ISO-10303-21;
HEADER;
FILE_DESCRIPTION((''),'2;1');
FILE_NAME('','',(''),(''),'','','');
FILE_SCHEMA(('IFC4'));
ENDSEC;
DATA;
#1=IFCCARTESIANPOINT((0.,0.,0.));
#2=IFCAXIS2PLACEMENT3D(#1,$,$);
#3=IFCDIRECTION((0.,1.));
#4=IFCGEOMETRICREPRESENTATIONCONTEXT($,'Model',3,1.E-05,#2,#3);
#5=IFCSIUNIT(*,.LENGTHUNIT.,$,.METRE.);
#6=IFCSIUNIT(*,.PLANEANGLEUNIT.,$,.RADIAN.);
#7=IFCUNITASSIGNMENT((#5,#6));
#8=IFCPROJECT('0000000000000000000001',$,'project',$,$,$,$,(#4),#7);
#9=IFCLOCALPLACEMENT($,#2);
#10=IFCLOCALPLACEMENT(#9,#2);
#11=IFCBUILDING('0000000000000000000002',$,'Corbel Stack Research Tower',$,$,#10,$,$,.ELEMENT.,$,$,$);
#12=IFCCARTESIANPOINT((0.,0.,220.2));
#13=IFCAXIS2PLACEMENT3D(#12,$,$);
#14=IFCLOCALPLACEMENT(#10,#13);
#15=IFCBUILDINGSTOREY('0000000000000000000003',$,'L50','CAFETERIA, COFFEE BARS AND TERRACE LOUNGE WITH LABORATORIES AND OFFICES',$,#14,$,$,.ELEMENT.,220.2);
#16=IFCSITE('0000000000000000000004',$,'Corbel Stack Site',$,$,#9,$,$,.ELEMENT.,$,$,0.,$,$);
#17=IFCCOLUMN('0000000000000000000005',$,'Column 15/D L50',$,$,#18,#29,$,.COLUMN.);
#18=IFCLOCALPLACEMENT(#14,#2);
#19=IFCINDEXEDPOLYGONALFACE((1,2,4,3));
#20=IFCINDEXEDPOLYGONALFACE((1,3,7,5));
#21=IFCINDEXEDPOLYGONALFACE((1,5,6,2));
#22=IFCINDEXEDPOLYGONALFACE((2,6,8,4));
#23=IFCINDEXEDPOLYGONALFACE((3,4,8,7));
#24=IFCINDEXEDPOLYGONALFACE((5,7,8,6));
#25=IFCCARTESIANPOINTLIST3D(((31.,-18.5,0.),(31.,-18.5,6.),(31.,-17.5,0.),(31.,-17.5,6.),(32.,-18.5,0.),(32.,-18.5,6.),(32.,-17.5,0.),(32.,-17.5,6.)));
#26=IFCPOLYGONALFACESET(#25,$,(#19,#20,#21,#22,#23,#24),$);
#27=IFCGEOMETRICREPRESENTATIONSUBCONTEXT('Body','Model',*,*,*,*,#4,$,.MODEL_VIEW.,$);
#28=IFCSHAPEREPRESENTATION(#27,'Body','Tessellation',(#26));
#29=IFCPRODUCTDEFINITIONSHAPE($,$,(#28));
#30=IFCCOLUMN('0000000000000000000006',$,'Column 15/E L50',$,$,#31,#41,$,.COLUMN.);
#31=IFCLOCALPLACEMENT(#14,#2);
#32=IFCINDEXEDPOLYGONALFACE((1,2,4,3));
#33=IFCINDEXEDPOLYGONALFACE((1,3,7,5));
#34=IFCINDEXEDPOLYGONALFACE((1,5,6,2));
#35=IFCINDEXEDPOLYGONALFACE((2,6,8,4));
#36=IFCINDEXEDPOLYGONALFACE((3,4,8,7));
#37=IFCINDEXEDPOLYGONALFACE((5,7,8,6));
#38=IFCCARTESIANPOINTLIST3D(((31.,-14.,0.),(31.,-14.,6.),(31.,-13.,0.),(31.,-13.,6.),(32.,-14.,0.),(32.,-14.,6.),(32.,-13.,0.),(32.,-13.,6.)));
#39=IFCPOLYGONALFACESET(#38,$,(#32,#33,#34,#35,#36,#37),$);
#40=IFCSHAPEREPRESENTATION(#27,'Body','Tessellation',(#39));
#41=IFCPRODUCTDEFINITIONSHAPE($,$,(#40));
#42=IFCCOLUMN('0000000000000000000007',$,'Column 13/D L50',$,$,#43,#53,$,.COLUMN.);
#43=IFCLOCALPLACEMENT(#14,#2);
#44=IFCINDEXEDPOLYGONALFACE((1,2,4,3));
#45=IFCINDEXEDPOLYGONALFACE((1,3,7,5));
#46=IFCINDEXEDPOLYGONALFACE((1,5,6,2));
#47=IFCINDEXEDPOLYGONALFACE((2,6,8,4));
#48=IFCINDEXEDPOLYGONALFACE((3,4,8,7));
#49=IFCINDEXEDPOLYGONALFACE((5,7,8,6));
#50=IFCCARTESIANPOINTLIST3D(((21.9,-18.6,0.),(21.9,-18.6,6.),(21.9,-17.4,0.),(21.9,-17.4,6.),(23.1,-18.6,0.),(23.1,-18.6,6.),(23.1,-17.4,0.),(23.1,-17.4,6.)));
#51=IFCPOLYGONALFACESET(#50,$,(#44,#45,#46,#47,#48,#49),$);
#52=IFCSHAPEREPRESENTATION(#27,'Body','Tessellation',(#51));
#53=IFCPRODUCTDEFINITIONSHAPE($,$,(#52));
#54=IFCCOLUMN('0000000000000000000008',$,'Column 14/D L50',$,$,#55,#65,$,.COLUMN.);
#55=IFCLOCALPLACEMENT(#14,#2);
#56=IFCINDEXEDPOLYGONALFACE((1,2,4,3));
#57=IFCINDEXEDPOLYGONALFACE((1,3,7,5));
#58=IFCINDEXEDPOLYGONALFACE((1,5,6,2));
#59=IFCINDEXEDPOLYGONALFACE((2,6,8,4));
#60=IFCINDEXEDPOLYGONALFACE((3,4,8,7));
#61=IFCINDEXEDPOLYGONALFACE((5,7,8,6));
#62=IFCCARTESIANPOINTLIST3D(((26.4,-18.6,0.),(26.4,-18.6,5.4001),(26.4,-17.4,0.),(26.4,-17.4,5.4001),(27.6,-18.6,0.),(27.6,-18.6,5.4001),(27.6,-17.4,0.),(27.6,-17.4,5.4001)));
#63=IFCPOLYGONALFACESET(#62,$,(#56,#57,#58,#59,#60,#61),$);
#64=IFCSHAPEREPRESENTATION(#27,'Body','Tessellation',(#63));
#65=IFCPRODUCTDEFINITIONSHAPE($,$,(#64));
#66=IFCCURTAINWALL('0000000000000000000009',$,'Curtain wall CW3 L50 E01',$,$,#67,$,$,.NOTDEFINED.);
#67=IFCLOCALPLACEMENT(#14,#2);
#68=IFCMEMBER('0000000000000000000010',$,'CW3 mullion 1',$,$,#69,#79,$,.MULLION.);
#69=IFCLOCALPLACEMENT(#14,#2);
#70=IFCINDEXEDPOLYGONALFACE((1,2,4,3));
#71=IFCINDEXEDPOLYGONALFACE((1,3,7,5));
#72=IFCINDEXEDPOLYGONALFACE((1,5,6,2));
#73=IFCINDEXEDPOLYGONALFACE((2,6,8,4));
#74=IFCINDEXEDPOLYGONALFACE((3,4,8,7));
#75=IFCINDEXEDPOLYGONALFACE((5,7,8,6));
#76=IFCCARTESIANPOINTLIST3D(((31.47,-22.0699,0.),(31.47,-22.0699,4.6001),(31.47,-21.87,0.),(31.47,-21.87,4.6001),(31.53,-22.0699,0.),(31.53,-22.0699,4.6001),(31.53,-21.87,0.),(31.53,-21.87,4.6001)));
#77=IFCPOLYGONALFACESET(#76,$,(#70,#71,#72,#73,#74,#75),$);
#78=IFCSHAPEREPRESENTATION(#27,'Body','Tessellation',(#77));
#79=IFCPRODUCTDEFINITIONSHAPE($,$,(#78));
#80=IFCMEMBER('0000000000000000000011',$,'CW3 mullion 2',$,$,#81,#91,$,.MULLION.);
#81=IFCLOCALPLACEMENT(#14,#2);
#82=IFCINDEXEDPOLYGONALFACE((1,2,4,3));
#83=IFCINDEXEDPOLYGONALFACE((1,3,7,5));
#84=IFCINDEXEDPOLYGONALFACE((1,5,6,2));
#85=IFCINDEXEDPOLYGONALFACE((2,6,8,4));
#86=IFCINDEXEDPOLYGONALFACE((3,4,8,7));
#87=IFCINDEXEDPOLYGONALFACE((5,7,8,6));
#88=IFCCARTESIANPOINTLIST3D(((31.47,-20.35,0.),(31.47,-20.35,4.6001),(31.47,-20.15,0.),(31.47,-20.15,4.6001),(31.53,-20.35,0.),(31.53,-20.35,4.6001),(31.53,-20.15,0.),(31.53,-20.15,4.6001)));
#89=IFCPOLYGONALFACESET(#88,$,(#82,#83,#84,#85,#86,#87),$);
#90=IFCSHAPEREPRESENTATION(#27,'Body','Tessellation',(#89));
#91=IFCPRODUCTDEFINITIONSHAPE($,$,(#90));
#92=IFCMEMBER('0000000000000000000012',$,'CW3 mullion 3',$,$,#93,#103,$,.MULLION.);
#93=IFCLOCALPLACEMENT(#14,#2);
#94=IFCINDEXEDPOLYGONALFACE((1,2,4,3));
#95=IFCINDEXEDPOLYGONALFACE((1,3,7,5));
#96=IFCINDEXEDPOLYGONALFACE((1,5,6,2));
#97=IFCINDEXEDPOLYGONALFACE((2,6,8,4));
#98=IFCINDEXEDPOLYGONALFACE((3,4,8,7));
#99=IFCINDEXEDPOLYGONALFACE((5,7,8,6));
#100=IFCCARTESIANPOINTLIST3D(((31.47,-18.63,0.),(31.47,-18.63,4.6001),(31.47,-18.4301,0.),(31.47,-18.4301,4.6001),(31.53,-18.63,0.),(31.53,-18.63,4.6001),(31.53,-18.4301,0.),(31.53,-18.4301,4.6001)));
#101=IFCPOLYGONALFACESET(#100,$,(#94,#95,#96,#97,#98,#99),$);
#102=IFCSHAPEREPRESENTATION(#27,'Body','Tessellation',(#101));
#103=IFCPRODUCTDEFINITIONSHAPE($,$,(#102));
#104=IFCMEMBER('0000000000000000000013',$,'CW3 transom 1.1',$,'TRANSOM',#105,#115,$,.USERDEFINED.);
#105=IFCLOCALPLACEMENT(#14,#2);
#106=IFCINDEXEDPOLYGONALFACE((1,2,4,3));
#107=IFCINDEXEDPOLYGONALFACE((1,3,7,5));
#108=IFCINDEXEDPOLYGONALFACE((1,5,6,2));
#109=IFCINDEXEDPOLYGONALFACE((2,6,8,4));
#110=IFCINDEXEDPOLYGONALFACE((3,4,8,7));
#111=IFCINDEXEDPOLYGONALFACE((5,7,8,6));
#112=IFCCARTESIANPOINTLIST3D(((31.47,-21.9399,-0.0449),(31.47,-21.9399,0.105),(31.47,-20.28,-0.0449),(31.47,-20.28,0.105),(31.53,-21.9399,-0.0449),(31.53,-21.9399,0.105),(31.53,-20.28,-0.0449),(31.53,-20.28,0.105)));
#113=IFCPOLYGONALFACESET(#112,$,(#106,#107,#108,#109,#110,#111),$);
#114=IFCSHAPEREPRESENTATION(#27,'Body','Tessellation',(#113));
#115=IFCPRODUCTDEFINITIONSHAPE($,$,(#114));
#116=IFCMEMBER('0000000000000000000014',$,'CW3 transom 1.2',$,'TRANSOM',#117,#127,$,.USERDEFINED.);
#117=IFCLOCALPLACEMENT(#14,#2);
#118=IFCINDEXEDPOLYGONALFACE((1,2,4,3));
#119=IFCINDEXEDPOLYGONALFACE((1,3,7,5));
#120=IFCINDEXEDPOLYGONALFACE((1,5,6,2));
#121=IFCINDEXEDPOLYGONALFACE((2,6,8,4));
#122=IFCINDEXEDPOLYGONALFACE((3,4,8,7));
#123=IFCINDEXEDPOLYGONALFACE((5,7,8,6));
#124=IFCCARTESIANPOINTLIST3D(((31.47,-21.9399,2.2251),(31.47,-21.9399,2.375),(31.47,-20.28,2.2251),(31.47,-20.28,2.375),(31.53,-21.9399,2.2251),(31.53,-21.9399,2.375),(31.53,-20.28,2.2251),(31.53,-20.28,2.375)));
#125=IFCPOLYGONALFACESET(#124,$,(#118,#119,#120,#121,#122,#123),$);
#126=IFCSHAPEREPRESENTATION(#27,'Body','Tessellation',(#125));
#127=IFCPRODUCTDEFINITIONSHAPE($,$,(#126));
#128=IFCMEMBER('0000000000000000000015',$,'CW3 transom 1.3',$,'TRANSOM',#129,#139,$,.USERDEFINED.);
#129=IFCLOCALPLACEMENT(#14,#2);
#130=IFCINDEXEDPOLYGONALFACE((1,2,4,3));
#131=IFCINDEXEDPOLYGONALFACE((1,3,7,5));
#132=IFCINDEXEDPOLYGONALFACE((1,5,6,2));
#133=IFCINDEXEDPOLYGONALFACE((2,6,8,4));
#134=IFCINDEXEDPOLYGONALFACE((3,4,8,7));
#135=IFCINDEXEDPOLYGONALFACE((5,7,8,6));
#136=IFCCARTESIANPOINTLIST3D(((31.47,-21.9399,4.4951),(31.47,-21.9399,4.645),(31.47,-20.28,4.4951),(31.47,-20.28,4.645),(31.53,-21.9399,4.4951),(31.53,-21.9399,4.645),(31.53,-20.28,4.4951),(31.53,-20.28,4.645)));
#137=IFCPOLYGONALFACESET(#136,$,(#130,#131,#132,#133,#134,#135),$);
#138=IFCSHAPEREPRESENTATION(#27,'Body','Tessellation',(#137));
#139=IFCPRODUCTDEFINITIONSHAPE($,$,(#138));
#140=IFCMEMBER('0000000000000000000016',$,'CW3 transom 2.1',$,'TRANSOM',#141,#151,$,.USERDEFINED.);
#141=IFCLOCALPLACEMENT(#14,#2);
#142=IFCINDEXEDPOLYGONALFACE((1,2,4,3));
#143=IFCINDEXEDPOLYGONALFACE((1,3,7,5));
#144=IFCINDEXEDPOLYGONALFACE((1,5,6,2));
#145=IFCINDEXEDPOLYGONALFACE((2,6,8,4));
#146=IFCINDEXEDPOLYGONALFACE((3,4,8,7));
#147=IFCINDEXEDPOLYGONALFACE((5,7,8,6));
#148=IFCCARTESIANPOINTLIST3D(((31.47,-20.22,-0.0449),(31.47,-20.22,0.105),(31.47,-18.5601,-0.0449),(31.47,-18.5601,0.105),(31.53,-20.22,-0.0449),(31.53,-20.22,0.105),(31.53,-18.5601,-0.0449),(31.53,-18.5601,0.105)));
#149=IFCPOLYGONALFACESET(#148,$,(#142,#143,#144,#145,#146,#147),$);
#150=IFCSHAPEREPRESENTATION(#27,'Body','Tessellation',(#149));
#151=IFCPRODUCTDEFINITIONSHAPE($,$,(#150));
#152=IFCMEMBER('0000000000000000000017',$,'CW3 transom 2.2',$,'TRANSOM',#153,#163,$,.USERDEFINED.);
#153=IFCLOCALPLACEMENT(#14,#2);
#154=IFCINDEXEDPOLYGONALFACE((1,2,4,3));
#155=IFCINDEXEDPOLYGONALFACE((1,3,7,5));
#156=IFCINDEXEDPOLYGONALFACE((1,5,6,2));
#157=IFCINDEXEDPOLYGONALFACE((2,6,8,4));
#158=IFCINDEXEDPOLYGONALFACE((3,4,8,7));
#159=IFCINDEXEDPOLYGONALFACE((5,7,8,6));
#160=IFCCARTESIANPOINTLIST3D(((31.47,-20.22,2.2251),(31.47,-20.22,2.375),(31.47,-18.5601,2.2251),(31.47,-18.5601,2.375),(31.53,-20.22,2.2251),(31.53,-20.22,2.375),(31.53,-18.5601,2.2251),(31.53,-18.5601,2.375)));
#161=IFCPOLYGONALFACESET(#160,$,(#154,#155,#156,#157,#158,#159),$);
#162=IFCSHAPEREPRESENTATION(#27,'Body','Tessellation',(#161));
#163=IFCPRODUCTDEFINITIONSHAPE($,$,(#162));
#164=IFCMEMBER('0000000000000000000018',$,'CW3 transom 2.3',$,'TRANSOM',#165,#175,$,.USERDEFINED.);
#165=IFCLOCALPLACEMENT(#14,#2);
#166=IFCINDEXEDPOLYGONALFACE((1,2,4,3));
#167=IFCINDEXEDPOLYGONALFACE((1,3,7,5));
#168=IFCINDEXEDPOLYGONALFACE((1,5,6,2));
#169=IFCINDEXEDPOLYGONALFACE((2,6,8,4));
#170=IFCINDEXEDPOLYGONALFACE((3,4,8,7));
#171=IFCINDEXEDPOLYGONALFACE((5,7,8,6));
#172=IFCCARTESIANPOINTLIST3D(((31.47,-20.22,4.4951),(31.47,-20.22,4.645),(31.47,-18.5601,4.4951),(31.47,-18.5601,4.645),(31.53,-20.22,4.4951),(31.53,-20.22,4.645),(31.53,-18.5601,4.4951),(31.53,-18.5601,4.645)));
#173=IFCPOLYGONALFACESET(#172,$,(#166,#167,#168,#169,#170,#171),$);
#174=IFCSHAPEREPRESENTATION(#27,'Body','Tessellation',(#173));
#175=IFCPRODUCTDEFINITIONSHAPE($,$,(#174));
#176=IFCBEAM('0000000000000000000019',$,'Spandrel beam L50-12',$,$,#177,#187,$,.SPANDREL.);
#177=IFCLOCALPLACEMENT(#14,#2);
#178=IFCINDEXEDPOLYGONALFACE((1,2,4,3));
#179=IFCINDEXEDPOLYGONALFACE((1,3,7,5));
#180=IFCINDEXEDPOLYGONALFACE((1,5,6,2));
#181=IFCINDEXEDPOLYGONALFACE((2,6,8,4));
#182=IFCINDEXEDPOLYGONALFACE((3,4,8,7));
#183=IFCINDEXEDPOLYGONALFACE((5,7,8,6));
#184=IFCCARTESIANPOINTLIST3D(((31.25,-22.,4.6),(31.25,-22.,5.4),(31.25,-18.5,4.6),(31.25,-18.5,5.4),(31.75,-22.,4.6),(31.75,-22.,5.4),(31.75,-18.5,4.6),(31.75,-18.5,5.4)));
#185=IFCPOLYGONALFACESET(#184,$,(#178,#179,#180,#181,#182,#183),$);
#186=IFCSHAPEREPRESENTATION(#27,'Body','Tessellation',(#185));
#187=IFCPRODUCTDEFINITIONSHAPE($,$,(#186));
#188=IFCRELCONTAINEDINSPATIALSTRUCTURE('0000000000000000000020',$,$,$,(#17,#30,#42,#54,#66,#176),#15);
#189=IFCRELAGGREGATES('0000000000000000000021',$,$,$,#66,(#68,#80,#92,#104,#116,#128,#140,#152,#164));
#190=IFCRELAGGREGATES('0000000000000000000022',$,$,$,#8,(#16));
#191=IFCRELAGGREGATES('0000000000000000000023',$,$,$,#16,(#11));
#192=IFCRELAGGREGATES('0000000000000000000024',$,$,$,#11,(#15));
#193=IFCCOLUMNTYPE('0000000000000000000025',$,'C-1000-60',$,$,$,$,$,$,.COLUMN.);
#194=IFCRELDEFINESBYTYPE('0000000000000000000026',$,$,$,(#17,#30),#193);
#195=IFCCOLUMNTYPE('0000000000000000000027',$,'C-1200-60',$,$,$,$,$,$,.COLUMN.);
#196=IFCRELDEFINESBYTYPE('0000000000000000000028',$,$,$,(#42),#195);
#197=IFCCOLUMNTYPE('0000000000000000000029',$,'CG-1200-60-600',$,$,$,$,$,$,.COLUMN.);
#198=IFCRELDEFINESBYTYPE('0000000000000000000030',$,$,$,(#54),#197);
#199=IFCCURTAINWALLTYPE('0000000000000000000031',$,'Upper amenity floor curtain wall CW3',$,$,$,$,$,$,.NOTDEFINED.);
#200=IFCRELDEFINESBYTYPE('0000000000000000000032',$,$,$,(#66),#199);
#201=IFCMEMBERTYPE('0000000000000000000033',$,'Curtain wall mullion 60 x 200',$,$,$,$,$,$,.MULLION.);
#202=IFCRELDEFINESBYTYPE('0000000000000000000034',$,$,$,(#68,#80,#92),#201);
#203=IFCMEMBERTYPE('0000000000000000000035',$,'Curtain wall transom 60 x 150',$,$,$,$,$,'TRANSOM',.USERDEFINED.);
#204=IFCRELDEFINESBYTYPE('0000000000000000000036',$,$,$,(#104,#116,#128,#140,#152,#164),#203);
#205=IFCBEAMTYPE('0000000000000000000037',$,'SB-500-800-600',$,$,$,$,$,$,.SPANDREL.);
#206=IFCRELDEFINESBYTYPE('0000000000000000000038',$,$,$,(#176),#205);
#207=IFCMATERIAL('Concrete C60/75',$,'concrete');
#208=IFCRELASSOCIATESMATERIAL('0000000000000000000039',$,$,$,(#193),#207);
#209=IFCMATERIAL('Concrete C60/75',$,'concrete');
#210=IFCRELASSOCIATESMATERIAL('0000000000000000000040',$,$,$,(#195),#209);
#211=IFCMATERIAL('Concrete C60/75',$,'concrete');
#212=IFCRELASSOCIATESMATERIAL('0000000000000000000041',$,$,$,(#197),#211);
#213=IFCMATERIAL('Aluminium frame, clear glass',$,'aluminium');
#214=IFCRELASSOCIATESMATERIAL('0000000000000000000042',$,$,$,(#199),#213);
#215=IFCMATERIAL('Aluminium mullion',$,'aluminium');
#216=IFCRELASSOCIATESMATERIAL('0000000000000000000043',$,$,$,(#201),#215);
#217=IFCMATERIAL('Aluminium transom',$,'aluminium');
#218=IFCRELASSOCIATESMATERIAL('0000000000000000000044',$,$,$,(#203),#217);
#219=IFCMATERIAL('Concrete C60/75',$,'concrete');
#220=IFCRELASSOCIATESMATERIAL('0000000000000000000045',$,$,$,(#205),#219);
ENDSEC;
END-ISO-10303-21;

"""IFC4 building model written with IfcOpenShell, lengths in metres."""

from ifc_helpers import new_model, si_unit, direction, frame, origin, origin_2d, place, context, subcontext, project, spatial, rectangle, extrude, material, material_profile, profile_set, type_object, element, aggregate, save


model = new_model("IFC4")

# Units and contexts
model_context = context("Model", 3, precision=1e-05, world=origin(), true_north=direction((0.0, 1.0)))
body_context = subcontext(model_context, "Body", "Model", "MODEL_VIEW")
ifc_project = project(units=[si_unit("LENGTHUNIT", "METRE"), si_unit("PLANEANGLEUNIT", "RADIAN")], contexts=[model_context])

# Site, building, storey
site_placement = place(None, origin())
site = spatial("IfcSite", under=ifc_project, at=site_placement, Name="Corbel Stack Site", CompositionType="ELEMENT", RefElevation=0.0)
building_placement = place(site_placement, origin())
building = spatial("IfcBuilding", under=site, at=building_placement, Name="Corbel Stack Research Tower", CompositionType="ELEMENT")
storey_placement = place(building_placement, frame((0.0, 0.0, 220.2)))
storey = spatial("IfcBuildingStorey", under=building, at=storey_placement, Name="L50", Description="CAFETERIA, COFFEE BARS AND TERRACE LOUNGE WITH LABORATORIES AND OFFICES", CompositionType="ELEMENT", Elevation=220.2)

# Columns
ifc_material_1 = material(Name="Concrete C60/75", Category="concrete")
ifc_material_profile_1 = material_profile(ifc_material_1, rectangle(XDim=1.0, YDim=1.0, at=origin_2d()), Name="RC 1000 x 1000")
ifc_profile_set_1 = profile_set([ifc_material_profile_1], Name="Concrete C60/75")
column_type_1 = type_object("IfcColumnType", Name="C-1000-60", PredefinedType="COLUMN", material=ifc_profile_set_1)
for number, where, z_axis, x_axis, name in (
    (1, (31.5, -18.0, 0.0), (0.0, 0.0, 1.0), (1.0, 0.0, 0.0), "Column 15/D L50"),
    (2, (31.5, -13.5, 0.0), (0.0, 0.0, 1.0), (1.0, 0.0, 0.0), "Column 15/E L50"),
):
    element("IfcColumn", number, at=place(storey_placement, frame(where, z_axis=z_axis, x_axis=x_axis)), inside=storey, type_object=column_type_1, Name=name, PredefinedType="COLUMN", context=body_context, shape_type="SweptSolid", body=[
        extrude(rectangle(XDim=1.0, YDim=1.0, at=origin_2d()), origin(), (0.0, 0.0, 1.0), 6.0),
    ])
ifc_material_2 = material(Name="Concrete C60/75", Category="concrete")
ifc_material_profile_2 = material_profile(ifc_material_2, rectangle(XDim=1.2, YDim=1.2, at=origin_2d()), Name="RC 1200 x 1200")
ifc_profile_set_2 = profile_set([ifc_material_profile_2], Name="Concrete C60/75")
column_type_2 = type_object("IfcColumnType", Name="C-1200-60", PredefinedType="COLUMN", material=ifc_profile_set_2)
column_1_placement = place(storey_placement, frame((22.5, -18.0, 0.0), z_axis=(0.0, 0.0, 1.0), x_axis=(1.0, 0.0, 0.0)))
element("IfcColumn", 3, at=column_1_placement, inside=storey, type_object=column_type_2, Name="Column 13/D L50", PredefinedType="COLUMN", context=body_context, shape_type="SweptSolid", body=[
    extrude(rectangle(XDim=1.2, YDim=1.2, at=origin_2d()), origin(), (0.0, 0.0, 1.0), 6.0),
])
ifc_material_3 = material(Name="Concrete C60/75", Category="concrete")
ifc_material_profile_3 = material_profile(ifc_material_3, rectangle(XDim=1.2, YDim=1.2, at=origin_2d()), Name="RC 1200 x 1200")
ifc_profile_set_3 = profile_set([ifc_material_profile_3], Name="Concrete C60/75")
column_type_3 = type_object("IfcColumnType", Name="CG-1200-60-600", PredefinedType="COLUMN", material=ifc_profile_set_3)
column_2_placement = place(storey_placement, frame((27.0, -18.0, 0.0), z_axis=(0.0, 0.0, 1.0), x_axis=(1.0, 0.0, 0.0)))
element("IfcColumn", 4, at=column_2_placement, inside=storey, type_object=column_type_3, Name="Column 14/D L50", PredefinedType="COLUMN", context=body_context, shape_type="SweptSolid", body=[
    extrude(rectangle(XDim=1.2, YDim=1.2, at=origin_2d()), origin(), (0.0, 0.0, 1.0), 5.4001),
])

# Curtain wall, members
ifc_material_4 = material(Name="Aluminium frame, clear glass", Category="aluminium")
curtain_wall_type = type_object("IfcCurtainWallType", Name="Upper amenity floor curtain wall CW3", PredefinedType="NOTDEFINED", material=ifc_material_4)
curtain_wall_placement = place(storey_placement, origin())
curtain_wall = element("IfcCurtainWall", 5, at=curtain_wall_placement, inside=storey, type_object=curtain_wall_type, Name="Curtain wall CW3 L50 E01", PredefinedType="NOTDEFINED")
ifc_material_5 = material(Name="Aluminium mullion", Category="aluminium")
ifc_material_profile_4 = material_profile(ifc_material_5, rectangle(XDim=0.0601, YDim=0.2, at=origin_2d()), Name="Mullion 60 x 200")
ifc_profile_set_4 = profile_set([ifc_material_profile_4], Name="Aluminium mullion")
member_type_1 = type_object("IfcMemberType", Name="Curtain wall mullion 60 x 200", PredefinedType="MULLION", material=ifc_profile_set_4)
member_1_placement = place(storey_placement, frame((31.5, -21.97, 0.0), z_axis=(0.0, 0.0, 1.0), x_axis=(-1.0, 0.0, 0.0)))
member_1 = element("IfcMember", 6, at=member_1_placement, type_object=member_type_1, Name="CW3 mullion 1", PredefinedType="MULLION", context=body_context, shape_type="SweptSolid", body=[
    extrude(rectangle(XDim=0.0601, YDim=0.2, at=origin_2d()), origin(), (0.0, 0.0, 1.0), 4.6001),
])
member_2_placement = place(storey_placement, frame((31.5, -20.25, 0.0), z_axis=(0.0, 0.0, 1.0), x_axis=(-1.0, 0.0, 0.0)))
member_2 = element("IfcMember", 7, at=member_2_placement, type_object=member_type_1, Name="CW3 mullion 2", PredefinedType="MULLION", context=body_context, shape_type="SweptSolid", body=[
    extrude(rectangle(XDim=0.0601, YDim=0.2, at=origin_2d()), origin(), (0.0, 0.0, 1.0), 4.6001),
])
member_3_placement = place(storey_placement, frame((31.5, -18.53, 0.0), z_axis=(0.0, 0.0, 1.0), x_axis=(-1.0, 0.0, 0.0)))
member_3 = element("IfcMember", 8, at=member_3_placement, type_object=member_type_1, Name="CW3 mullion 3", PredefinedType="MULLION", context=body_context, shape_type="SweptSolid", body=[
    extrude(rectangle(XDim=0.0601, YDim=0.2, at=origin_2d()), origin(), (0.0, 0.0, 1.0), 4.6001),
])
ifc_material_6 = material(Name="Aluminium transom", Category="aluminium")
ifc_material_profile_5 = material_profile(ifc_material_6, rectangle(XDim=0.0601, YDim=0.1499, at=origin_2d()), Name="Transom 60 x 150")
ifc_profile_set_5 = profile_set([ifc_material_profile_5], Name="Aluminium transom")
member_type_2 = type_object("IfcMemberType", Name="Curtain wall transom 60 x 150", ElementType="TRANSOM", PredefinedType="USERDEFINED", material=ifc_profile_set_5)
member_4_placement = place(storey_placement, frame((31.5, -21.9399, 0.03), z_axis=(0.0, 1.0, 0.0), x_axis=(-1.0, 0.0, 0.0)))
member_4 = element("IfcMember", 9, at=member_4_placement, type_object=member_type_2, Name="CW3 transom 1.1", ObjectType="TRANSOM", PredefinedType="USERDEFINED", context=body_context, shape_type="SweptSolid", body=[
    extrude(rectangle(XDim=0.0601, YDim=0.1499, at=origin_2d()), origin(), (0.0, 0.0, 1.0), 1.6599),
])
member_5_placement = place(storey_placement, frame((31.5, -21.9399, 2.3), z_axis=(0.0, 1.0, 0.0), x_axis=(-1.0, 0.0, 0.0)))
member_5 = element("IfcMember", 10, at=member_5_placement, type_object=member_type_2, Name="CW3 transom 1.2", ObjectType="TRANSOM", PredefinedType="USERDEFINED", context=body_context, shape_type="SweptSolid", body=[
    extrude(rectangle(XDim=0.0601, YDim=0.1499, at=origin_2d()), origin(), (0.0, 0.0, 1.0), 1.6599),
])
member_6_placement = place(storey_placement, frame((31.5, -21.9399, 4.5701), z_axis=(0.0, 1.0, 0.0), x_axis=(-1.0, 0.0, 0.0)))
member_6 = element("IfcMember", 11, at=member_6_placement, type_object=member_type_2, Name="CW3 transom 1.3", ObjectType="TRANSOM", PredefinedType="USERDEFINED", context=body_context, shape_type="SweptSolid", body=[
    extrude(rectangle(XDim=0.0601, YDim=0.1499, at=origin_2d()), origin(), (0.0, 0.0, 1.0), 1.6599),
])
member_7_placement = place(storey_placement, frame((31.5, -20.22, 0.03), z_axis=(0.0, 1.0, 0.0), x_axis=(-1.0, 0.0, 0.0)))
member_7 = element("IfcMember", 12, at=member_7_placement, type_object=member_type_2, Name="CW3 transom 2.1", ObjectType="TRANSOM", PredefinedType="USERDEFINED", context=body_context, shape_type="SweptSolid", body=[
    extrude(rectangle(XDim=0.0601, YDim=0.1499, at=origin_2d()), origin(), (0.0, 0.0, 1.0), 1.6599),
])
member_8_placement = place(storey_placement, frame((31.5, -20.22, 2.3), z_axis=(0.0, 1.0, 0.0), x_axis=(-1.0, 0.0, 0.0)))
member_8 = element("IfcMember", 13, at=member_8_placement, type_object=member_type_2, Name="CW3 transom 2.2", ObjectType="TRANSOM", PredefinedType="USERDEFINED", context=body_context, shape_type="SweptSolid", body=[
    extrude(rectangle(XDim=0.0601, YDim=0.1499, at=origin_2d()), origin(), (0.0, 0.0, 1.0), 1.6599),
])
member_9_placement = place(storey_placement, frame((31.5, -20.22, 4.5701), z_axis=(0.0, 1.0, 0.0), x_axis=(-1.0, 0.0, 0.0)))
member_9 = element("IfcMember", 14, at=member_9_placement, type_object=member_type_2, Name="CW3 transom 2.3", ObjectType="TRANSOM", PredefinedType="USERDEFINED", context=body_context, shape_type="SweptSolid", body=[
    extrude(rectangle(XDim=0.0601, YDim=0.1499, at=origin_2d()), origin(), (0.0, 0.0, 1.0), 1.6599),
])

# Beam
ifc_material_7 = material(Name="Concrete C60/75", Category="concrete")
ifc_material_profile_6 = material_profile(ifc_material_7, rectangle(XDim=0.5, YDim=0.8, at=origin_2d()), Name="RC 500 x 800")
ifc_profile_set_6 = profile_set([ifc_material_profile_6], Name="Concrete C60/75")
beam_type_1 = type_object("IfcBeamType", Name="SB-500-800-600", PredefinedType="SPANDREL", material=ifc_profile_set_6)
for number, where, z_axis, x_axis, name in (
    (15, (31.5, -22.0, 5.0), (0.0, 1.0, 0.0), (-1.0, 0.0, 0.0), "Spandrel beam L50-12"),
):
    element("IfcBeam", number, at=place(storey_placement, frame(where, z_axis=z_axis, x_axis=x_axis)), inside=storey, type_object=beam_type_1, Name=name, PredefinedType="SPANDREL", context=body_context, shape_type="SweptSolid", body=[
        extrude(rectangle(XDim=0.5, YDim=0.8, at=origin_2d()), origin(), (0.0, 0.0, 1.0), 3.5),
    ])

aggregate(curtain_wall, [member_1, member_2, member_3, member_4, member_5, member_6, member_7, member_8, member_9])

save(model, "model.ifc")
